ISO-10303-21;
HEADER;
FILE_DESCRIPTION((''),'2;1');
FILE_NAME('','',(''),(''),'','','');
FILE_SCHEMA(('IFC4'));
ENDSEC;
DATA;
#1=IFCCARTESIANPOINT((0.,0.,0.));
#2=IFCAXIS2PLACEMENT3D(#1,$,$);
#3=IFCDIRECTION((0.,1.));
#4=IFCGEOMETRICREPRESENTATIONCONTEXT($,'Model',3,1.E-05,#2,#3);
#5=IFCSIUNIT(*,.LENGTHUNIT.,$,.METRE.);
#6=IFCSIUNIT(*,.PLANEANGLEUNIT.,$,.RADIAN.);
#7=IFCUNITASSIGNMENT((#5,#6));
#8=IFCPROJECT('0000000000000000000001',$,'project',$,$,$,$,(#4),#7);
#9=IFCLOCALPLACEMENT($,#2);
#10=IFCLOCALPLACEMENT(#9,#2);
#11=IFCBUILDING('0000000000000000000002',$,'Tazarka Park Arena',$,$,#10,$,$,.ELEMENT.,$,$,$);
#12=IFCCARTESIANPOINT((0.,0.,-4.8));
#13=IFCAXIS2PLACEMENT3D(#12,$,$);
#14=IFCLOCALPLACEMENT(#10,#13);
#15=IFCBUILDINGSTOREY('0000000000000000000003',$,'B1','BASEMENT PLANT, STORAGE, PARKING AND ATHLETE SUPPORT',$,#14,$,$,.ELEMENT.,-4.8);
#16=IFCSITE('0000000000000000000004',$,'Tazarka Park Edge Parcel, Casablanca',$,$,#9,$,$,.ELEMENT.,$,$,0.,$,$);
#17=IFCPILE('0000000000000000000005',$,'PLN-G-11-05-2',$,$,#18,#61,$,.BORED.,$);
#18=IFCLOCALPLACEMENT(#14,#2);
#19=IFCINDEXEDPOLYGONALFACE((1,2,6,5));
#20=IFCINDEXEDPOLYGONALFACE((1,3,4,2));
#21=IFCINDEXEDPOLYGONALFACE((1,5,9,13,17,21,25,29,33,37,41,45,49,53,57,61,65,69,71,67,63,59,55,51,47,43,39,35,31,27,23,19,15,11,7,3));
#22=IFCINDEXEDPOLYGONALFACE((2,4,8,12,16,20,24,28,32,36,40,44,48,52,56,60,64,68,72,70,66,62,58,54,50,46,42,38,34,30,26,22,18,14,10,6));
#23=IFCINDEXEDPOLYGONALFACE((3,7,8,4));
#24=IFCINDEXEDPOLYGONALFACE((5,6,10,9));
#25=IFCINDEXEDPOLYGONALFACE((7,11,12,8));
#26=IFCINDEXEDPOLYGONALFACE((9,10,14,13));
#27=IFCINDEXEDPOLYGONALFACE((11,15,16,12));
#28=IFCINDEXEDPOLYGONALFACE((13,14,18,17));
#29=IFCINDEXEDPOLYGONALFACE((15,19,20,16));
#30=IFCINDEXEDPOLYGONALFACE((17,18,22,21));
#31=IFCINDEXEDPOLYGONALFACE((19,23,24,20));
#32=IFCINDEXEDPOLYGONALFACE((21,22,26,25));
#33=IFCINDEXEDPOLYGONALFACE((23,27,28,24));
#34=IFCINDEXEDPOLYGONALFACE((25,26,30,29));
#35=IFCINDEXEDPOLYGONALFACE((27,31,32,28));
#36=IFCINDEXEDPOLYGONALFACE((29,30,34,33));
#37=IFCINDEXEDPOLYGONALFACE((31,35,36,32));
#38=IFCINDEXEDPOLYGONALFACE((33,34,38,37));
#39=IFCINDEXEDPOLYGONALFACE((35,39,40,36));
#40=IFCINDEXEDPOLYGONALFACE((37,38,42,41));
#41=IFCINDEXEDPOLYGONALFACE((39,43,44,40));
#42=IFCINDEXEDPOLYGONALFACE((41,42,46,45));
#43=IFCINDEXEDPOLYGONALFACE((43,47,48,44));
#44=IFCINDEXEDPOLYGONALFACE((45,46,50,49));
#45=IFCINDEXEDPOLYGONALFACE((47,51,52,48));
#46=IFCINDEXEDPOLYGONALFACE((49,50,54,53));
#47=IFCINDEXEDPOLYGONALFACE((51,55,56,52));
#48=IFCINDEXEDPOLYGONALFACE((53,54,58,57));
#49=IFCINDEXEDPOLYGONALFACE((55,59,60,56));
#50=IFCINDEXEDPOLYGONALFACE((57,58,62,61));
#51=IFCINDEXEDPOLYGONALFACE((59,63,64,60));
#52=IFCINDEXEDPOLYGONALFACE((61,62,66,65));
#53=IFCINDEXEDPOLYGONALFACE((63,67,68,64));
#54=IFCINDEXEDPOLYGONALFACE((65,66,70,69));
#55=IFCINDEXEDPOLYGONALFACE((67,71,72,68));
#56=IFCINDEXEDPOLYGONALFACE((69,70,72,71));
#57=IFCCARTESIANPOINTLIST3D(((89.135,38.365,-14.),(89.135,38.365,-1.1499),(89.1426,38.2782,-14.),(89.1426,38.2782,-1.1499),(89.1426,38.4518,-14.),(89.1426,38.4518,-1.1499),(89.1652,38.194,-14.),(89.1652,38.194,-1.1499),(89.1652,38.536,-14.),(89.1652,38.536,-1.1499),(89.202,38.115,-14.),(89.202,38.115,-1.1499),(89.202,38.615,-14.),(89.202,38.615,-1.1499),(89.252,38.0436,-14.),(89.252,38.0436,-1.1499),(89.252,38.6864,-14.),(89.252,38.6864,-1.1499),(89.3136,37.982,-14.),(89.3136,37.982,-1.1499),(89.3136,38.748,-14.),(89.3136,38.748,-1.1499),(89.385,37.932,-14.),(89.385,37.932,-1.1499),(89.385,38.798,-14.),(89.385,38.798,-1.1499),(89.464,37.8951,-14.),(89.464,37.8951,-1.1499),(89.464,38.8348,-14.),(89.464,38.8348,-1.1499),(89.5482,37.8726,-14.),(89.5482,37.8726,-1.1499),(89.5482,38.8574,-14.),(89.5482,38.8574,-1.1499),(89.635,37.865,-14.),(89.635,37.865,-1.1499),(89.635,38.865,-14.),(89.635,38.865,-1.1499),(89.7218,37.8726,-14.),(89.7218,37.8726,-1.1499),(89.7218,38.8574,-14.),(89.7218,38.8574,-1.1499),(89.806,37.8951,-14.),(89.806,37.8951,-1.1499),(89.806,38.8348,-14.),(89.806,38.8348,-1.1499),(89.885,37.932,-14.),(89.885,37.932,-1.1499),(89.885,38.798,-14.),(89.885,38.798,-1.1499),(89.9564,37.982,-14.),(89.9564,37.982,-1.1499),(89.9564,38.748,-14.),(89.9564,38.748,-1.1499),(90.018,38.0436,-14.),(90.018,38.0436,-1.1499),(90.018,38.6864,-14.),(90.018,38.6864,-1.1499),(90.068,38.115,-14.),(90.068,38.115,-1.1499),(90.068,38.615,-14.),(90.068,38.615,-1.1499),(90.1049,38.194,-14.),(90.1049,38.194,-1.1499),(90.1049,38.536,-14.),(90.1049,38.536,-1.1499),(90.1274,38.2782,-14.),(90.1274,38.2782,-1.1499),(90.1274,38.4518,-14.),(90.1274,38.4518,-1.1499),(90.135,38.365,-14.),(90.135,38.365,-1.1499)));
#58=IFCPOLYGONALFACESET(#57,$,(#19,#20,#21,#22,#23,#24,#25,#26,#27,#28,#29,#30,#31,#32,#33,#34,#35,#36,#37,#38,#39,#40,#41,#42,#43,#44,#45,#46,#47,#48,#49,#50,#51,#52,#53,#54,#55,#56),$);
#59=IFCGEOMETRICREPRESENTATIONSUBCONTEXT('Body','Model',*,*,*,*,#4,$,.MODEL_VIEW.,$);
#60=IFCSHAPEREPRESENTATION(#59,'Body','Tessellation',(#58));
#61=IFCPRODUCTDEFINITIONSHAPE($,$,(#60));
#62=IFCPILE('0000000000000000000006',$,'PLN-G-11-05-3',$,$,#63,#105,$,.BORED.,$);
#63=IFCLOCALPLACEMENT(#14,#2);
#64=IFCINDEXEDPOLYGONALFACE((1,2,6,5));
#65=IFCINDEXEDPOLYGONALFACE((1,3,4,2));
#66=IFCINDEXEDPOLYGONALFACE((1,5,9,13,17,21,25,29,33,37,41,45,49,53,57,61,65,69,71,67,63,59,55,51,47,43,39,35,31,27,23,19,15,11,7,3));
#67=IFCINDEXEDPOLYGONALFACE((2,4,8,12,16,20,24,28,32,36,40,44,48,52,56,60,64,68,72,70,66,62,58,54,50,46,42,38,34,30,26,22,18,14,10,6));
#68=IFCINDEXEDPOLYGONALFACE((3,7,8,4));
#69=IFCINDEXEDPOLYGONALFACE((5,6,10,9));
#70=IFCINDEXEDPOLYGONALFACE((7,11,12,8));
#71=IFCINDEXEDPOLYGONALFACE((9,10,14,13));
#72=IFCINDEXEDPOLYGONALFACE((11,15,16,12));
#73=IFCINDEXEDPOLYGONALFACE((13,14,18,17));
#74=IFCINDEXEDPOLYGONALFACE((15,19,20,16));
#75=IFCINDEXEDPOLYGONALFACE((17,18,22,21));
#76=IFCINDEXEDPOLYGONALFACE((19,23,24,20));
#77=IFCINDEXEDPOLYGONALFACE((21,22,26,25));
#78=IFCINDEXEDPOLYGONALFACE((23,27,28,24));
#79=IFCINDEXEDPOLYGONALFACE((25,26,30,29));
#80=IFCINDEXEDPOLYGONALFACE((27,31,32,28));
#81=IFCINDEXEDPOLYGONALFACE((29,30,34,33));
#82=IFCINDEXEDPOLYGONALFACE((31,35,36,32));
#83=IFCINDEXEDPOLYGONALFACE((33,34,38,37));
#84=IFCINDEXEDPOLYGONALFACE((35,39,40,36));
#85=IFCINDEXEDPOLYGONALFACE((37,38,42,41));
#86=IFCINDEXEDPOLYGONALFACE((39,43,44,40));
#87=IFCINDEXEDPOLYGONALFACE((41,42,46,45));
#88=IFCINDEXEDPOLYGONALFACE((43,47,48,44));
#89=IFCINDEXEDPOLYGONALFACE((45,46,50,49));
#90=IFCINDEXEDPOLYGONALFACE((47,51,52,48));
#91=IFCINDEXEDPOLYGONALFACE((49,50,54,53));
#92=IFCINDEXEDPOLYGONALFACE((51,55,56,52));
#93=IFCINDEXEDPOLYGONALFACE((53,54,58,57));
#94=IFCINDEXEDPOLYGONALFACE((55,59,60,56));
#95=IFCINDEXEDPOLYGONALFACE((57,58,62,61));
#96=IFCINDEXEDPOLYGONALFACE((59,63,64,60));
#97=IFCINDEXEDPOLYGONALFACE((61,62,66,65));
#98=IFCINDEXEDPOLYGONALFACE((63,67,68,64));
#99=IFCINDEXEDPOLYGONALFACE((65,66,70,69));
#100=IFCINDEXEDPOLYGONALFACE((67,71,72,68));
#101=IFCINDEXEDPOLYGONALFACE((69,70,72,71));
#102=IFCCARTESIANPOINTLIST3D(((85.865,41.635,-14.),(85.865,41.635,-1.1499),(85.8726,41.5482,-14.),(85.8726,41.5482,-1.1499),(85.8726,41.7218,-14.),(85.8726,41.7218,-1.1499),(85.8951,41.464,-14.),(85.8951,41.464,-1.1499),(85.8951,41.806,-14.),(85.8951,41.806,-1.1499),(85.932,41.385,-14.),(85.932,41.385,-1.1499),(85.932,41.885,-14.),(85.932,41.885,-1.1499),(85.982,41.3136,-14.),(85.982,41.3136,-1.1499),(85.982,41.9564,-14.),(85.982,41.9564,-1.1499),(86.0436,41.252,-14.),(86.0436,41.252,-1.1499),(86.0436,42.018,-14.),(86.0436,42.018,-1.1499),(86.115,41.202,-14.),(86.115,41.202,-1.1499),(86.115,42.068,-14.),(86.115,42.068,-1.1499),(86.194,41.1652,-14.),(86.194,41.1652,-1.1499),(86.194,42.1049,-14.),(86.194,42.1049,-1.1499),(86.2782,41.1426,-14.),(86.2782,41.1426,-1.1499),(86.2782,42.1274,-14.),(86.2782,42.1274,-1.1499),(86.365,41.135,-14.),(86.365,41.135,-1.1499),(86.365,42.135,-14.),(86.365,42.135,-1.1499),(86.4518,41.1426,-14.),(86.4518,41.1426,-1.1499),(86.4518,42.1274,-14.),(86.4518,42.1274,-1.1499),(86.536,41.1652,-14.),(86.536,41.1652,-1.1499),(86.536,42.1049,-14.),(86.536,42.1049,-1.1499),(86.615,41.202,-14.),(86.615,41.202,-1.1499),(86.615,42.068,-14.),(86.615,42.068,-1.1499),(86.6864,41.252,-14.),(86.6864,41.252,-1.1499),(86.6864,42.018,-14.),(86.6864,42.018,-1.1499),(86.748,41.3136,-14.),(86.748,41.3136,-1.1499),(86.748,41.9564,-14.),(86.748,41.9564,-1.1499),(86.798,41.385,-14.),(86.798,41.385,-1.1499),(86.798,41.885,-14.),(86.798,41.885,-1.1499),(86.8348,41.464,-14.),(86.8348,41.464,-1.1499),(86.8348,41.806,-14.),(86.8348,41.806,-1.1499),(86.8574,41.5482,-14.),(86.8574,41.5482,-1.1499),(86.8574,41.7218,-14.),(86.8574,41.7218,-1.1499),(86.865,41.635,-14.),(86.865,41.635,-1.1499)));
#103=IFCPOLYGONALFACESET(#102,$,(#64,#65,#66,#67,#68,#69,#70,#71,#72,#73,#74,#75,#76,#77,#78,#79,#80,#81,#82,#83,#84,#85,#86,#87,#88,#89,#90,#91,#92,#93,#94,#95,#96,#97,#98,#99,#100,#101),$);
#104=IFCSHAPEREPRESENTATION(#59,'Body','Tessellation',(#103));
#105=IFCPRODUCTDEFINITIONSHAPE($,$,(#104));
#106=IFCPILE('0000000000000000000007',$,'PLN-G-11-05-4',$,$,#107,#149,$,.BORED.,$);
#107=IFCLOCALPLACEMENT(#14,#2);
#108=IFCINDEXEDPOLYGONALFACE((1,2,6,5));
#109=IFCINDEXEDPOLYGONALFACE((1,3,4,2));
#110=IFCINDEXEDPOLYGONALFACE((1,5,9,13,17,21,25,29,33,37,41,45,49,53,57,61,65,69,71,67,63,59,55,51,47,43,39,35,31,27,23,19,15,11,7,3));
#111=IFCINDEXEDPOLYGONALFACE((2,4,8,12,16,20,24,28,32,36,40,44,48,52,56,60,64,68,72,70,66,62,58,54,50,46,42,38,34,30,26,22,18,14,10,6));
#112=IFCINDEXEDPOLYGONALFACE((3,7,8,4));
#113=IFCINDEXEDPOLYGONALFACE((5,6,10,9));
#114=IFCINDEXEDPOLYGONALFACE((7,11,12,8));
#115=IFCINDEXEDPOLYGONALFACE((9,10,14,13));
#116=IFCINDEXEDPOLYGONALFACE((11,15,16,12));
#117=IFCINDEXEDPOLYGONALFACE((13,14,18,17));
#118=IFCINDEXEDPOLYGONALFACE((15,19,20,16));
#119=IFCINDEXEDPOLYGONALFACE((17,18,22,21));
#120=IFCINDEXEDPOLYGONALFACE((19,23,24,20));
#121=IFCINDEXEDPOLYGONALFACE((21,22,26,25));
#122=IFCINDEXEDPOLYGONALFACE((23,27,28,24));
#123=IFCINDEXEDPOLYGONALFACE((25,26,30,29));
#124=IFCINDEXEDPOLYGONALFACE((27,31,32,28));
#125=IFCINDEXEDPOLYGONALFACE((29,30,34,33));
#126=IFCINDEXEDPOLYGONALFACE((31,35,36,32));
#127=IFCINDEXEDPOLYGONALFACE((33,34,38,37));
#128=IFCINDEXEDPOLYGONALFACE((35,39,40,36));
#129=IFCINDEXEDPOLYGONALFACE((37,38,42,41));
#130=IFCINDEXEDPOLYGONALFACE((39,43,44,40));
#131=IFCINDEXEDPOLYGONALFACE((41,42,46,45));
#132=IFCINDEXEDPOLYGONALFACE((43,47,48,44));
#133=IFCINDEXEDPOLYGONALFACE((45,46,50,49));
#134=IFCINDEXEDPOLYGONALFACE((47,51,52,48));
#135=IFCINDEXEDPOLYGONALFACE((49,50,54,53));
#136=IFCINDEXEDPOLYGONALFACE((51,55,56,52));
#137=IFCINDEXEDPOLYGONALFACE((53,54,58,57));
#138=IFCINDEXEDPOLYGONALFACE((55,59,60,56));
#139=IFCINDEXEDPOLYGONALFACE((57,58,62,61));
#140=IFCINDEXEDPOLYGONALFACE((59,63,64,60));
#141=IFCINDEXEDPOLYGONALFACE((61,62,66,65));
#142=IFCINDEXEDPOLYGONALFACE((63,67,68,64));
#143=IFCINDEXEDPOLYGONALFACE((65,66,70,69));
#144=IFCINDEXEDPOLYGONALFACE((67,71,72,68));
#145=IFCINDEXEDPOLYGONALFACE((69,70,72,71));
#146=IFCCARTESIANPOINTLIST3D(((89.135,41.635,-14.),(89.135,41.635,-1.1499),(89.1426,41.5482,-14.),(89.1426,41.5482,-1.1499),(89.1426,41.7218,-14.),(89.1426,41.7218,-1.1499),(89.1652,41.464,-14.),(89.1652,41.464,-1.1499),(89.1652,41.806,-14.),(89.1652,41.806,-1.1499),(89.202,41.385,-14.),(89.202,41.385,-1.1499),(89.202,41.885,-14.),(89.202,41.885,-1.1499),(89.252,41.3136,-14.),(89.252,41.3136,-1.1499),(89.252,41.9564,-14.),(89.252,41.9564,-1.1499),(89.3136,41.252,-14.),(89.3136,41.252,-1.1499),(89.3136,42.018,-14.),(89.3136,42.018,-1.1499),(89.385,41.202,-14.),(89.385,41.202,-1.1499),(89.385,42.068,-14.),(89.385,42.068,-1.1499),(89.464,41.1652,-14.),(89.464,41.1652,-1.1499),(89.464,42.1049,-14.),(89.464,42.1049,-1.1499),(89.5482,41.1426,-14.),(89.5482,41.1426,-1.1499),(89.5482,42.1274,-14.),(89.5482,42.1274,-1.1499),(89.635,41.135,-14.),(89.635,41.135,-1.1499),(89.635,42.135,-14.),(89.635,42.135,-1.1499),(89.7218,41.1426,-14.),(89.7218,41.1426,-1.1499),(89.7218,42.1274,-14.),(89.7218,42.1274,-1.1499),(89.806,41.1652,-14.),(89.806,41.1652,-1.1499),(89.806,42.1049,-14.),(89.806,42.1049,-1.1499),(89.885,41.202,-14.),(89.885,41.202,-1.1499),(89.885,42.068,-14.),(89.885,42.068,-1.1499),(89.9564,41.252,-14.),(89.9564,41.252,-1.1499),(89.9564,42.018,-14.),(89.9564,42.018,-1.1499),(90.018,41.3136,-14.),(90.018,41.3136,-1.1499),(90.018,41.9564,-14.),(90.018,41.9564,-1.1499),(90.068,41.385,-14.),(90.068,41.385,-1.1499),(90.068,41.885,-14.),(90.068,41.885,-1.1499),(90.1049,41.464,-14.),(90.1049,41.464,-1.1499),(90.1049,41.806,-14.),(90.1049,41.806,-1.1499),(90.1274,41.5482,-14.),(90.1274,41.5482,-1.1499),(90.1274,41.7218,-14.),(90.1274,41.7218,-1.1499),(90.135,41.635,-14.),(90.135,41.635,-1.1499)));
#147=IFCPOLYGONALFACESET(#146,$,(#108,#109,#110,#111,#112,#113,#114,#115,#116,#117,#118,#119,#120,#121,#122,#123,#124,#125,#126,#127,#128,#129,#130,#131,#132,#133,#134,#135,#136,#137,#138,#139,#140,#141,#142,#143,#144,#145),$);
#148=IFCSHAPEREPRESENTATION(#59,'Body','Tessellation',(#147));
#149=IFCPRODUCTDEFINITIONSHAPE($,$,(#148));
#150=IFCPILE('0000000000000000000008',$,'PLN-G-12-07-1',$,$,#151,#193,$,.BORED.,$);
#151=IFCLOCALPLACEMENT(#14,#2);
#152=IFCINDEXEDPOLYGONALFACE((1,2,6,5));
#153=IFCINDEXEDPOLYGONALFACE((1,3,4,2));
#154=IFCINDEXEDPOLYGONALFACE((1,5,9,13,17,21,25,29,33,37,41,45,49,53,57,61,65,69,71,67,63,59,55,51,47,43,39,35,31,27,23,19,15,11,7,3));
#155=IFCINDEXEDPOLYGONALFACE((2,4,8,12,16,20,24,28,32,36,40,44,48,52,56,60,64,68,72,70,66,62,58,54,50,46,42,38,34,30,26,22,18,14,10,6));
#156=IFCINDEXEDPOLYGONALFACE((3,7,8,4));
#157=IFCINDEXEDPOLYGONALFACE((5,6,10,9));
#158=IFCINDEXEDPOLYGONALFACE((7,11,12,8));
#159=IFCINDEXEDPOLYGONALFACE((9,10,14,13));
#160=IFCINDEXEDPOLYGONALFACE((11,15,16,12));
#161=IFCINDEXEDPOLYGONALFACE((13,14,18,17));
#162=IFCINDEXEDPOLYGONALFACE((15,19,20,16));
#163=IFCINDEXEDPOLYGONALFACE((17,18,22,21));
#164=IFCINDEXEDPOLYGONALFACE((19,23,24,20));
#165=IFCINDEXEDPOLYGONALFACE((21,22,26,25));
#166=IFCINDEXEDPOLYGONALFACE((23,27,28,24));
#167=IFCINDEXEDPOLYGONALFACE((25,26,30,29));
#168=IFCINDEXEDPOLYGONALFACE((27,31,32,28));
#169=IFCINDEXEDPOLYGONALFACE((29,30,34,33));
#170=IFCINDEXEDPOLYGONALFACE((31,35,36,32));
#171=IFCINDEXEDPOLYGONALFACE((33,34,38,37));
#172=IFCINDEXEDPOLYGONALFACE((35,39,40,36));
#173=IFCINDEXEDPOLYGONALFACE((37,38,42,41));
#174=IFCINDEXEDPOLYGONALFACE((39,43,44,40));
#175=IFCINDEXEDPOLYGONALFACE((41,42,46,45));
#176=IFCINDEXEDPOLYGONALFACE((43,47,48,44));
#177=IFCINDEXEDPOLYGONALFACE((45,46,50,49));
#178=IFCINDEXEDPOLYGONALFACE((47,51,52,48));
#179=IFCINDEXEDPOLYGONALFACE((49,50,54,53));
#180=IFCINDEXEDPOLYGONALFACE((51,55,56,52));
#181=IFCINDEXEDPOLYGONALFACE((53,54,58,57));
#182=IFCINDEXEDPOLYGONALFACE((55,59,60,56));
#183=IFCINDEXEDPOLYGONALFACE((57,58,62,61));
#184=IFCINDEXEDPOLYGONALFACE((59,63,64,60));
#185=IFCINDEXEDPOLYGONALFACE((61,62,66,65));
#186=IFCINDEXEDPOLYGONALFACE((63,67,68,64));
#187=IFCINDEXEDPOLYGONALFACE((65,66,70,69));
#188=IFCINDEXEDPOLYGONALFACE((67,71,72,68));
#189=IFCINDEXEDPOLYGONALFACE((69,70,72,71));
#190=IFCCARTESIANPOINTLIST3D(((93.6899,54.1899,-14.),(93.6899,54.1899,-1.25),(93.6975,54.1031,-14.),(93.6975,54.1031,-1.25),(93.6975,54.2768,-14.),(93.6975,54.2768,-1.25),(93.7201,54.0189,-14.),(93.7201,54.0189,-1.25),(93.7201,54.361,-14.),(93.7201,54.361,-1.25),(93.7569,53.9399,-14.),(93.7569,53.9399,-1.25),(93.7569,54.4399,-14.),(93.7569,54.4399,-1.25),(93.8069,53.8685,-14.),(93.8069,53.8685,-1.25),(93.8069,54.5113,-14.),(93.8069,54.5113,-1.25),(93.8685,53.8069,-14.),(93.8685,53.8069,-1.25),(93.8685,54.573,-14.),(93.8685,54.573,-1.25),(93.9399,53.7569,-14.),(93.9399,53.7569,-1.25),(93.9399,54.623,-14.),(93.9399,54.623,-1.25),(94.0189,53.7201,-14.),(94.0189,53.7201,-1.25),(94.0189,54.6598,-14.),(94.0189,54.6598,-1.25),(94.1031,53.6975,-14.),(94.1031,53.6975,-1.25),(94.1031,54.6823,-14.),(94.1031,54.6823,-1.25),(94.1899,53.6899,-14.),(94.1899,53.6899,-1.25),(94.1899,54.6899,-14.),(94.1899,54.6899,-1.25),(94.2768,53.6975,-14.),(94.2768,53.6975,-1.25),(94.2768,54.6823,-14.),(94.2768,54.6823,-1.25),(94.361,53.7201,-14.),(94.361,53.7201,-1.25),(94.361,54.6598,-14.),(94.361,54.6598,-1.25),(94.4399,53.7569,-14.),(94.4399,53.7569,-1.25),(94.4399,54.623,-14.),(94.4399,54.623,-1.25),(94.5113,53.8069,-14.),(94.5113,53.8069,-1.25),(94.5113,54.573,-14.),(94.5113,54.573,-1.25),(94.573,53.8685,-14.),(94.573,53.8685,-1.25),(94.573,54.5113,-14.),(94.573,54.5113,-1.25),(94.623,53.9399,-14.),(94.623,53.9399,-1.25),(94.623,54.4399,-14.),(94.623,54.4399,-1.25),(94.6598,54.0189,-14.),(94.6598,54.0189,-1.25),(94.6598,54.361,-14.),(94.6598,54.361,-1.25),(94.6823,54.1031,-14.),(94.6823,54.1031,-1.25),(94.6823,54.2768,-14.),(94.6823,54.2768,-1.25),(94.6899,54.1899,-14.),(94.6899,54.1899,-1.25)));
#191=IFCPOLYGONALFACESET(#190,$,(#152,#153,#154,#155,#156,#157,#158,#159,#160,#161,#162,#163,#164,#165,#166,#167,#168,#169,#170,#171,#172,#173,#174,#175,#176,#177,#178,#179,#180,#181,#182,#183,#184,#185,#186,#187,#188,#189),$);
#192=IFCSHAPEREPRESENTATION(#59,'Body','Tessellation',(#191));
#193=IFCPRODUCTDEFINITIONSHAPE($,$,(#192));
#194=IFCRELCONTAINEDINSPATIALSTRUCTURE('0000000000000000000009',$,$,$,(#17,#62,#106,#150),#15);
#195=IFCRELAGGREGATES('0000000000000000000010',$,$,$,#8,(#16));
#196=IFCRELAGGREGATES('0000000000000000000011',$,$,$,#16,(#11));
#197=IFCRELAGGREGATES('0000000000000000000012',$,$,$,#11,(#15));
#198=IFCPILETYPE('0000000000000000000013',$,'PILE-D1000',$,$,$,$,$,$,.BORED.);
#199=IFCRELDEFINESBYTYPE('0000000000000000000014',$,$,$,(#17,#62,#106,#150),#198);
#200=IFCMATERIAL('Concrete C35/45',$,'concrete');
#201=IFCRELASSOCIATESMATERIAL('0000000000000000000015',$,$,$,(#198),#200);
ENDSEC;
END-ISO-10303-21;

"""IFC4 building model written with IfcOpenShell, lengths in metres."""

from ifc_helpers import new_model, si_unit, direction, frame, origin, origin_2d, place, context, subcontext, project, spatial, circle, extrude, material, material_profile, profile_set, type_object, element, save


model = new_model("IFC4")

# Units and contexts
model_context = context("Model", 3, precision=1e-05, world=origin(), true_north=direction((0.0, 1.0)))
body_context = subcontext(model_context, "Body", "Model", "MODEL_VIEW")
ifc_project = project(units=[si_unit("LENGTHUNIT", "METRE"), si_unit("PLANEANGLEUNIT", "RADIAN")], contexts=[model_context])

# Site, building, storey
site_placement = place(None, origin())
site = spatial("IfcSite", under=ifc_project, at=site_placement, Name="Tazarka Park Edge Parcel, Casablanca", CompositionType="ELEMENT", RefElevation=0.0)
building_placement = place(site_placement, origin())
building = spatial("IfcBuilding", under=site, at=building_placement, Name="Tazarka Park Arena", CompositionType="ELEMENT")
storey_placement = place(building_placement, frame((0.0, 0.0, -4.8)))
storey = spatial("IfcBuildingStorey", under=building, at=storey_placement, Name="B1", Description="BASEMENT PLANT, STORAGE, PARKING AND ATHLETE SUPPORT", CompositionType="ELEMENT", Elevation=-4.8)

# Piles
ifc_material_1 = material(Name="Concrete C35/45", Category="concrete")
ifc_material_profile_1 = material_profile(ifc_material_1, circle(Radius=0.5, at=origin_2d()), Name="Concrete C35/45")
ifc_profile_set_1 = profile_set([ifc_material_profile_1], Name="Concrete C35/45")
pile_type_1 = type_object("IfcPileType", Name="PILE-D1000", PredefinedType="BORED", material=ifc_profile_set_1)
for number, where, z_axis, x_axis, name in (
    (1, (89.635, 38.365, -1.1499), (0.0, 0.0, -1.0), (1.0, 0.0, 0.0), "PLN-G-11-05-2"),
    (2, (86.365, 41.635, -1.1499), (0.0, 0.0, -1.0), (1.0, 0.0, 0.0), "PLN-G-11-05-3"),
    (3, (89.635, 41.635, -1.1499), (0.0, 0.0, -1.0), (1.0, 0.0, 0.0), "PLN-G-11-05-4"),
):
    element("IfcPile", number, at=place(storey_placement, frame(where, z_axis=z_axis, x_axis=x_axis)), inside=storey, type_object=pile_type_1, Name=name, PredefinedType="BORED", context=body_context, shape_type="SweptSolid", body=[
        extrude(circle(Radius=0.5, at=origin_2d()), origin(), (0.0, 0.0, 1.0), 12.8501),
    ])
pile_1_placement = place(storey_placement, frame((94.1899, 54.1899, -1.25), z_axis=(0.0, 0.0, -1.0), x_axis=(1.0, 0.0, 0.0)))
element("IfcPile", 4, at=pile_1_placement, inside=storey, type_object=pile_type_1, Name="PLN-G-12-07-1", PredefinedType="BORED", context=body_context, shape_type="SweptSolid", body=[
    extrude(circle(Radius=0.5, at=origin_2d()), origin(), (0.0, 0.0, 1.0), 12.75),
])

save(model, "model.ifc")
